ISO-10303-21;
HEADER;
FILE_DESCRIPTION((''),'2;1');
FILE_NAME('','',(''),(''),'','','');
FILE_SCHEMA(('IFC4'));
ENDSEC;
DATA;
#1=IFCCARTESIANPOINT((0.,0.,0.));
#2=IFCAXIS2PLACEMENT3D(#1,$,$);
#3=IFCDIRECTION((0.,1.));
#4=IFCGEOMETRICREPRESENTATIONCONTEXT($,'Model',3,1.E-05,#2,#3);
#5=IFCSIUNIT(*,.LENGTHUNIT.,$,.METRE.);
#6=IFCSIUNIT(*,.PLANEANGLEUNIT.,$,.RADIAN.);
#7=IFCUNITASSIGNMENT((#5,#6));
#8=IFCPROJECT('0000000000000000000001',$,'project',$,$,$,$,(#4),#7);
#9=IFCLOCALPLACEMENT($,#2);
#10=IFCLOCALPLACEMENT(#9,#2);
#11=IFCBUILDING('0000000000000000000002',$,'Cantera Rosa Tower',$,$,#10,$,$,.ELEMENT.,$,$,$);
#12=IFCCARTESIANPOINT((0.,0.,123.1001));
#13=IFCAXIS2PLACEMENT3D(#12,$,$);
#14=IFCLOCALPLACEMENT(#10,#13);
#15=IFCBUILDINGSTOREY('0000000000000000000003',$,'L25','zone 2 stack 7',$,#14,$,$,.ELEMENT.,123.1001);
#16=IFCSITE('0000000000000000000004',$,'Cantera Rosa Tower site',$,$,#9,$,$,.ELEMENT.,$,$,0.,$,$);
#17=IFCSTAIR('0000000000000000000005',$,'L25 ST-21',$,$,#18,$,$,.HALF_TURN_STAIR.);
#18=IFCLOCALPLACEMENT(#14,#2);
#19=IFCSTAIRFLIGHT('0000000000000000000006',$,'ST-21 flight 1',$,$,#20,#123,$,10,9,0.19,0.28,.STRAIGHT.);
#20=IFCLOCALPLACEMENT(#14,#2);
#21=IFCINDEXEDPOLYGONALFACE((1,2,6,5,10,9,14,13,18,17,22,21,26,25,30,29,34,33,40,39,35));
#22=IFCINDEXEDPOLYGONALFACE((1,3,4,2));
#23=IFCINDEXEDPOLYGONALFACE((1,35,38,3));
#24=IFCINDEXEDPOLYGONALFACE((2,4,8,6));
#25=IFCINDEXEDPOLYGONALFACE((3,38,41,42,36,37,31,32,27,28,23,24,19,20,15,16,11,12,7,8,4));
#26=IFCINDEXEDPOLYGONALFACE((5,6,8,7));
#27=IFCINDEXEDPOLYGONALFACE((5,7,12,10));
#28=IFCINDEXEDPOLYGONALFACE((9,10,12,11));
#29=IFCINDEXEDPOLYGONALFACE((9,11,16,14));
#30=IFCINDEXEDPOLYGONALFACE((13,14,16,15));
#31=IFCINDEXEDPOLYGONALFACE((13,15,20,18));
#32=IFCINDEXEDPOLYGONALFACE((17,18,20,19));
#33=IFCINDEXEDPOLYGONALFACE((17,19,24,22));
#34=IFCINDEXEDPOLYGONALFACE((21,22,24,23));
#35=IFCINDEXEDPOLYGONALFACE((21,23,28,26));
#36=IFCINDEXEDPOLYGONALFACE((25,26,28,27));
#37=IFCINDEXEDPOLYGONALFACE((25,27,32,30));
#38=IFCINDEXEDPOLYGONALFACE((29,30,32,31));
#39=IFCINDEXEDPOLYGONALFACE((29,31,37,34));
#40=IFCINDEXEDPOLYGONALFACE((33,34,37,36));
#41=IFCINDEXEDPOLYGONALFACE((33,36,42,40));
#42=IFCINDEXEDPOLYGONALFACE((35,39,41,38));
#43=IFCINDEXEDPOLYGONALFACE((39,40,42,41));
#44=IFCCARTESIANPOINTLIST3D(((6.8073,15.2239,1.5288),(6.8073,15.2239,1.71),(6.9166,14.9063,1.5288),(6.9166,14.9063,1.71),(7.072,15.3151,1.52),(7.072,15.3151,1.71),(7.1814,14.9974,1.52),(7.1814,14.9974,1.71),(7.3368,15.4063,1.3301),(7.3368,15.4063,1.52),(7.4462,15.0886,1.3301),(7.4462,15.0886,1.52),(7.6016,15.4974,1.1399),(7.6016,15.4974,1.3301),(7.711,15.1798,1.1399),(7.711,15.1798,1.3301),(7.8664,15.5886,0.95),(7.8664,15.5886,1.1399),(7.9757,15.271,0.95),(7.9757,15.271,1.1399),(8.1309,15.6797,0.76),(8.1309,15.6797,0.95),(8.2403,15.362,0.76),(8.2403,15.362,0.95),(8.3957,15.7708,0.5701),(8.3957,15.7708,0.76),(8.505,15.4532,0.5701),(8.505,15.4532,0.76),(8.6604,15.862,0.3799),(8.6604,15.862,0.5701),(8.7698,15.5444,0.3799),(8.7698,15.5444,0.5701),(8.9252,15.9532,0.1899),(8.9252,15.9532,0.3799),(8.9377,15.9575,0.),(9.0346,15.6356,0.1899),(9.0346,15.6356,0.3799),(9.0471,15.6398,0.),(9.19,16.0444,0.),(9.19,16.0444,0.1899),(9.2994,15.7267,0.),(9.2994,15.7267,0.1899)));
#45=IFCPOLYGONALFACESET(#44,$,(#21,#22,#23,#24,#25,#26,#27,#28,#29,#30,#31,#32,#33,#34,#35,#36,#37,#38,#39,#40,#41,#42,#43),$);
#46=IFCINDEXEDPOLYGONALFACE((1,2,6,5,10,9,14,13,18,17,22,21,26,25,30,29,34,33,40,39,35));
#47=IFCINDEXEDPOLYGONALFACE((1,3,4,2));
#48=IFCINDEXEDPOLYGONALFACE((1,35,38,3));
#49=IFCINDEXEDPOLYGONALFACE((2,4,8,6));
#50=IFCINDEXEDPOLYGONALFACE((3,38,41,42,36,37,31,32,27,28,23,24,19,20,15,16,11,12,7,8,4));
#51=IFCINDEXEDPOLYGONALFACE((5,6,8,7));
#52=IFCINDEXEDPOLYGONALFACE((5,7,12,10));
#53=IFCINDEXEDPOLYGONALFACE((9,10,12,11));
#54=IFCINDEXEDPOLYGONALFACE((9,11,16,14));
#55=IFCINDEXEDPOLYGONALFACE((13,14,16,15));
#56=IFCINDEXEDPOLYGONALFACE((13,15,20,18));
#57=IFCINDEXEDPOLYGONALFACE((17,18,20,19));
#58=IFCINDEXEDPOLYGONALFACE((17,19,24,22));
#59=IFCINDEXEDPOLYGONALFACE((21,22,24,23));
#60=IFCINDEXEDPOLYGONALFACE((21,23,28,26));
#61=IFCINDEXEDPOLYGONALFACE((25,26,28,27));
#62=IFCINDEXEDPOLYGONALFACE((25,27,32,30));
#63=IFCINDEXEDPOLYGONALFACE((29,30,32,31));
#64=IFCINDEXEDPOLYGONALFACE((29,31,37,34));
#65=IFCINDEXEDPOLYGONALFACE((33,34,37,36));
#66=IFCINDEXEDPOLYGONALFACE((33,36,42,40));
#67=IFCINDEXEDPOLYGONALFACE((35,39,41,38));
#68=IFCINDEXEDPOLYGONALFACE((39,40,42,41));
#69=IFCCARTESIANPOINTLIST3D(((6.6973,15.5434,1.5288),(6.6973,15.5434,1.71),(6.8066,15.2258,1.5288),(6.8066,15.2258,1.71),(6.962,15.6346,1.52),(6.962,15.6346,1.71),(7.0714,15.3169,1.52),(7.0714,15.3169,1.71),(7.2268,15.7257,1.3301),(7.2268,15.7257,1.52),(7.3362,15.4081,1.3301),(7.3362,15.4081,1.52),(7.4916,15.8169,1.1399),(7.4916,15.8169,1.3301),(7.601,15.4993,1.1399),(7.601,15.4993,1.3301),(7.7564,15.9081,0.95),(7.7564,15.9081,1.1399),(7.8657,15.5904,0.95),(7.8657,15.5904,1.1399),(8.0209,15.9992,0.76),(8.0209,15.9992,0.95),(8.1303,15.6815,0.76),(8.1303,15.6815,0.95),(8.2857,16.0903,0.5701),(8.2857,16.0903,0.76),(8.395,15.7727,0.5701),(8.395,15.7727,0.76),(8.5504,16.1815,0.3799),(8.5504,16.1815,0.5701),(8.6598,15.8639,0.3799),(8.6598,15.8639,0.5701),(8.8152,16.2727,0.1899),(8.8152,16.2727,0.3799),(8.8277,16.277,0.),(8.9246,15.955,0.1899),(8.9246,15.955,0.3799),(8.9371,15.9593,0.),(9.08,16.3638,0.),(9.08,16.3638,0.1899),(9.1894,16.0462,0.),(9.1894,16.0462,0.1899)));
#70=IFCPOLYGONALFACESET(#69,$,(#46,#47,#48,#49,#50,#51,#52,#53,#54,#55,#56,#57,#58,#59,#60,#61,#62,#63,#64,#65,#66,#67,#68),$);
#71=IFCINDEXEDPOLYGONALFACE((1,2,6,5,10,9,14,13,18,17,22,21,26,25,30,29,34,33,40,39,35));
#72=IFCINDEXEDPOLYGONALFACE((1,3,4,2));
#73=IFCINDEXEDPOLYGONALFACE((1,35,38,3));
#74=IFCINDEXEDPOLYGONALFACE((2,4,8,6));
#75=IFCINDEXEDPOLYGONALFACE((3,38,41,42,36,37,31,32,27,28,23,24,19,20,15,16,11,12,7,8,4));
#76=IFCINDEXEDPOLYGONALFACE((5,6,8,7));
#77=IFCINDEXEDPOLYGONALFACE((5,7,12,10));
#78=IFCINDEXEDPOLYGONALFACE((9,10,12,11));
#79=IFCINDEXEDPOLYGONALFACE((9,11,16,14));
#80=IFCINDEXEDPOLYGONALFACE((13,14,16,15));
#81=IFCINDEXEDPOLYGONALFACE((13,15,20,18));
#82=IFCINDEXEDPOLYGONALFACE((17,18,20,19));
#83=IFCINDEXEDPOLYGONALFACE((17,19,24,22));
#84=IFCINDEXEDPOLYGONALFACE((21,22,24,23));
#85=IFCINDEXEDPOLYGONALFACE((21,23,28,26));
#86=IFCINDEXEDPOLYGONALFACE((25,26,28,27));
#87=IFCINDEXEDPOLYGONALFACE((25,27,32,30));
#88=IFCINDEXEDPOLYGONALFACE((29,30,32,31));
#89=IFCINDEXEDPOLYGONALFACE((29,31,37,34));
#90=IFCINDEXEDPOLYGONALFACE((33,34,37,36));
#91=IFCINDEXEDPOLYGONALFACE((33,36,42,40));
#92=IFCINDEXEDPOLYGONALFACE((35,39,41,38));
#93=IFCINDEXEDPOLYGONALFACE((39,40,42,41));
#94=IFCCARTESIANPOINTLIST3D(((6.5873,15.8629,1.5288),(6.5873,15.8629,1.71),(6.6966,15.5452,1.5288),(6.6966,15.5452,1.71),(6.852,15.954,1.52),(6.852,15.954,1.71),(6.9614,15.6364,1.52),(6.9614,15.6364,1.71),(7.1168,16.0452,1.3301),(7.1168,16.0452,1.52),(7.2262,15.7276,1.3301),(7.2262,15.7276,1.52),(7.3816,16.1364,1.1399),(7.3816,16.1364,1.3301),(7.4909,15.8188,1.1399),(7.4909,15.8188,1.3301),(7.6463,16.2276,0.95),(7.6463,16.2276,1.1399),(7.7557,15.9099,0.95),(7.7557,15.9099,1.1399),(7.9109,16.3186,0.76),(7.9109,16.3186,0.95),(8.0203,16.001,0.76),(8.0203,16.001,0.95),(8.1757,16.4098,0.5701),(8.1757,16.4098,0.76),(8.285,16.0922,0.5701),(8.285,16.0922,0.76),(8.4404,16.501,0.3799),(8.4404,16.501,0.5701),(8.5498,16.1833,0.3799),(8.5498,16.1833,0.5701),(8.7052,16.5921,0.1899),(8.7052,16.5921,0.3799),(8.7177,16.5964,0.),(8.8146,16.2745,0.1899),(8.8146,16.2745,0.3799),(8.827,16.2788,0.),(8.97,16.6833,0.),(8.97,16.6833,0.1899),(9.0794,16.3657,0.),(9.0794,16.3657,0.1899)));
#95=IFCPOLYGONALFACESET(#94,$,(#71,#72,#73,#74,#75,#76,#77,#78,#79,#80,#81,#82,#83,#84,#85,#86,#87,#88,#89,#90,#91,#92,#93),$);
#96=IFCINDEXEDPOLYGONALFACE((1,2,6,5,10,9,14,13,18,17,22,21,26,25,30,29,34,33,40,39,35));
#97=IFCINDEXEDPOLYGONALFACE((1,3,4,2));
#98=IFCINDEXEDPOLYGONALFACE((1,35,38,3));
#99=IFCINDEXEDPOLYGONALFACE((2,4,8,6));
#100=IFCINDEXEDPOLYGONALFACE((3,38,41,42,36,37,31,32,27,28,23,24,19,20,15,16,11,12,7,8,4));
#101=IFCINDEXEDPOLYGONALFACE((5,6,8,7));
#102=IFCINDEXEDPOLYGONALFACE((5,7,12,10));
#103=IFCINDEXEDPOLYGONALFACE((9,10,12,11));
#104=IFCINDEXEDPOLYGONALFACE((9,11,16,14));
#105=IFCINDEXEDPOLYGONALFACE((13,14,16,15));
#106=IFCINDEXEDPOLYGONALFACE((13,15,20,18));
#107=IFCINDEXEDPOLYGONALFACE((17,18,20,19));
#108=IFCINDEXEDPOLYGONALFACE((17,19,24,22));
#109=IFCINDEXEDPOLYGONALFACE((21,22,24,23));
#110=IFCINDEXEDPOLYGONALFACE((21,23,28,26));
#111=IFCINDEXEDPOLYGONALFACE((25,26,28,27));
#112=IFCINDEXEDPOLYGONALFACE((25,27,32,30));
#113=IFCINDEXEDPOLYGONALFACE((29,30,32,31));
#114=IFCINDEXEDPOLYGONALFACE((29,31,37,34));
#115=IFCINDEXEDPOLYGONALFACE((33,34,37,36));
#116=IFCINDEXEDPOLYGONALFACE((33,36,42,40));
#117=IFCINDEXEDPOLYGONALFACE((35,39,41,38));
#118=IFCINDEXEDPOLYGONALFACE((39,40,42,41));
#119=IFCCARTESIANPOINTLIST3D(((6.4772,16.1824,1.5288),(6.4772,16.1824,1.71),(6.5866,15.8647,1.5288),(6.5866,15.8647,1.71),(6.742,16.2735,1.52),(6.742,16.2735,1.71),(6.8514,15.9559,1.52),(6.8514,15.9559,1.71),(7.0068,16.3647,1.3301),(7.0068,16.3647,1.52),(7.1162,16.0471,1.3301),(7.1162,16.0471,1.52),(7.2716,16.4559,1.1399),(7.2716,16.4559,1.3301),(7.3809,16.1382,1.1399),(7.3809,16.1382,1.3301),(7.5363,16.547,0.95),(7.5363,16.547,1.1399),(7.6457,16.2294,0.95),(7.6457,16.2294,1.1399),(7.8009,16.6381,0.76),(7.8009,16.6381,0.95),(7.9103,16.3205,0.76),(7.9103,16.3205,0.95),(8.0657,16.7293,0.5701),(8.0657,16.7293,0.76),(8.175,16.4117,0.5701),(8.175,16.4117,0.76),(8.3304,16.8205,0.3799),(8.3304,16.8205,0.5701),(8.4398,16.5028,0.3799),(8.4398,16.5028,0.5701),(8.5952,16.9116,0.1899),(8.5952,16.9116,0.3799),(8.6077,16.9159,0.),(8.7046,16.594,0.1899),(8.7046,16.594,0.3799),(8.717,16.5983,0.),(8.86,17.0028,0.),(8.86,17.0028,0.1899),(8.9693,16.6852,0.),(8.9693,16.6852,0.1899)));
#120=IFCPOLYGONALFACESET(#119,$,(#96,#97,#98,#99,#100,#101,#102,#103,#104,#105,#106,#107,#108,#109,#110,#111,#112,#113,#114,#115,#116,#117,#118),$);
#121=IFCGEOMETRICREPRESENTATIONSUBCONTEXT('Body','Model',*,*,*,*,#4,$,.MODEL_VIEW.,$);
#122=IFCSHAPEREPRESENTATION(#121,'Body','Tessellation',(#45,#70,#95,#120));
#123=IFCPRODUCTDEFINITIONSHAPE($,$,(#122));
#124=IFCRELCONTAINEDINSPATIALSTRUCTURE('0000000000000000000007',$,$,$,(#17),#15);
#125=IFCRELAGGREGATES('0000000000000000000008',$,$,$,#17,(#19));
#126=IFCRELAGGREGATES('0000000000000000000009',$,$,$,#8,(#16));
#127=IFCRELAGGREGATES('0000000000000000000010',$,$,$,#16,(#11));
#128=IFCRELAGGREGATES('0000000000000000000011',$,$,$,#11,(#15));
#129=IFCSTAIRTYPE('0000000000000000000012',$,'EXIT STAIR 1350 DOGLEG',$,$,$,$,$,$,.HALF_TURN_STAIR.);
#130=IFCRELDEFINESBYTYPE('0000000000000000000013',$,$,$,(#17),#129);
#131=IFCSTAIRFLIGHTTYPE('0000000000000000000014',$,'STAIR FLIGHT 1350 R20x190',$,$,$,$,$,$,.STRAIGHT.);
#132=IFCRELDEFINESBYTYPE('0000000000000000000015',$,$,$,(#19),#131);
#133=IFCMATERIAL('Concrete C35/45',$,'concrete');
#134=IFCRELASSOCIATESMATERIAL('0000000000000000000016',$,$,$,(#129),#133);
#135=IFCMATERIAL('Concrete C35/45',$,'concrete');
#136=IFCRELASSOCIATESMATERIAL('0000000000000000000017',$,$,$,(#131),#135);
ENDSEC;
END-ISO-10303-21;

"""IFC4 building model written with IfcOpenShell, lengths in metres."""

from ifc_helpers import new_model, si_unit, direction, frame, origin, place, context, subcontext, project, spatial, polyline, outline, extrude, material, type_object, element, aggregate, save


model = new_model("IFC4")

# Units and contexts
model_context = context("Model", 3, precision=1e-05, world=origin(), true_north=direction((0.0, 1.0)))
body_context = subcontext(model_context, "Body", "Model", "MODEL_VIEW")
ifc_project = project(units=[si_unit("LENGTHUNIT", "METRE"), si_unit("PLANEANGLEUNIT", "RADIAN")], contexts=[model_context])

# Site, building, storey
site_placement = place(None, origin())
site = spatial("IfcSite", under=ifc_project, at=site_placement, Name="Cantera Rosa Tower site", CompositionType="ELEMENT", RefElevation=0.0)
building_placement = place(site_placement, origin())
building = spatial("IfcBuilding", under=site, at=building_placement, Name="Cantera Rosa Tower", CompositionType="ELEMENT")
storey_placement = place(building_placement, frame((0.0, 0.0, 123.1001)))
storey = spatial("IfcBuildingStorey", under=building, at=storey_placement, Name="L25", Description="zone 2 stack 7", CompositionType="ELEMENT", Elevation=123.1001)

# Shared definitions
ifc_material_1 = material(Name="Concrete C35/45", Category="concrete")
stair_type = type_object("IfcStairType", Name="EXIT STAIR 1350 DOGLEG", PredefinedType="HALF_TURN_STAIR", material=ifc_material_1)

# Stair, stair flight
stair_1_placement = place(storey_placement, origin())
stair_1 = element("IfcStair", 1, at=stair_1_placement, inside=storey, type_object=stair_type, Name="L25 ST-21", PredefinedType="HALF_TURN_STAIR")
ifc_material_2 = material(Name="Concrete C35/45", Category="concrete")
stair_flight_type = type_object("IfcStairFlightType", Name="STAIR FLIGHT 1350 R20x190", PredefinedType="STRAIGHT", material=ifc_material_2)
stair_flight_1_placement = place(storey_placement, frame((9.0796, 16.365, 0.0), z_axis=(0.0, 0.0, 1.0), x_axis=(-0.945519, -0.325568, 0.0)))
stair_flight_1 = element("IfcStairFlight", 2, at=stair_flight_1_placement, type_object=stair_flight_type, Name="ST-21 flight 1", NumberOfRisers=10, NumberOfTreads=9, PredefinedType="STRAIGHT", RiserHeight=0.19, TreadLength=0.28, context=body_context, shape_type="SweptSolid", body=[
    extrude(outline(polyline([(0.0, 0.0), (0.0, 0.1899), (0.28, 0.1899), (0.28, 0.3799), (0.5601, 0.3799), (0.5601, 0.5701), (0.8401, 0.5701), (0.8401, 0.76), (1.1201, 0.76), (1.1201, 0.95), (1.3999, 0.95), (1.3999, 1.1399), (1.6799, 1.1399), (1.6799, 1.3301), (1.96, 1.3301), (1.96, 1.52), (2.24, 1.52), (2.24, 1.71), (2.52, 1.71), (2.52, 1.8999), (2.52, 1.5288), (0.2668, 0.0), (0.0, 0.0)])), frame((0.0, 0.675, 0.0), z_axis=(0.0, -1.0, 0.0), x_axis=(1.0, 0.0, 0.0)), (0.0, 0.0, 1.0), 0.3359),
    extrude(outline(polyline([(0.0, 0.0), (0.0, 0.1899), (0.28, 0.1899), (0.28, 0.3799), (0.5601, 0.3799), (0.5601, 0.5701), (0.8401, 0.5701), (0.8401, 0.76), (1.1201, 0.76), (1.1201, 0.95), (1.3999, 0.95), (1.3999, 1.1399), (1.6799, 1.1399), (1.6799, 1.3301), (1.96, 1.3301), (1.96, 1.52), (2.24, 1.52), (2.24, 1.71), (2.52, 1.71), (2.52, 1.8999), (2.52, 1.5288), (0.2668, 0.0), (0.0, 0.0)])), frame((0.0, 0.3372, 0.0), z_axis=(0.0, -1.0, 0.0), x_axis=(1.0, 0.0, 0.0)), (0.0, 0.0, 1.0), 0.3359),
    extrude(outline(polyline([(0.0, 0.0), (0.0, 0.1899), (0.28, 0.1899), (0.28, 0.3799), (0.5601, 0.3799), (0.5601, 0.5701), (0.8401, 0.5701), (0.8401, 0.76), (1.1201, 0.76), (1.1201, 0.95), (1.3999, 0.95), (1.3999, 1.1399), (1.6799, 1.1399), (1.6799, 1.3301), (1.96, 1.3301), (1.96, 1.52), (2.24, 1.52), (2.24, 1.71), (2.52, 1.71), (2.52, 1.8999), (2.52, 1.5288), (0.2668, 0.0), (0.0, 0.0)])), frame((0.0, -0.0007, 0.0), z_axis=(0.0, -1.0, 0.0), x_axis=(1.0, 0.0, 0.0)), (0.0, 0.0, 1.0), 0.3359),
    extrude(outline(polyline([(0.0, 0.0), (0.0, 0.1899), (0.28, 0.1899), (0.28, 0.3799), (0.5601, 0.3799), (0.5601, 0.5701), (0.8401, 0.5701), (0.8401, 0.76), (1.1201, 0.76), (1.1201, 0.95), (1.3999, 0.95), (1.3999, 1.1399), (1.6799, 1.1399), (1.6799, 1.3301), (1.96, 1.3301), (1.96, 1.52), (2.24, 1.52), (2.24, 1.71), (2.52, 1.71), (2.52, 1.8999), (2.52, 1.5288), (0.2668, 0.0), (0.0, 0.0)])), frame((0.0, -0.3386, 0.0), z_axis=(0.0, -1.0, 0.0), x_axis=(1.0, 0.0, 0.0)), (0.0, 0.0, 1.0), 0.3359),
])
aggregate(stair_1, [stair_flight_1])

save(model, "model.ifc")
